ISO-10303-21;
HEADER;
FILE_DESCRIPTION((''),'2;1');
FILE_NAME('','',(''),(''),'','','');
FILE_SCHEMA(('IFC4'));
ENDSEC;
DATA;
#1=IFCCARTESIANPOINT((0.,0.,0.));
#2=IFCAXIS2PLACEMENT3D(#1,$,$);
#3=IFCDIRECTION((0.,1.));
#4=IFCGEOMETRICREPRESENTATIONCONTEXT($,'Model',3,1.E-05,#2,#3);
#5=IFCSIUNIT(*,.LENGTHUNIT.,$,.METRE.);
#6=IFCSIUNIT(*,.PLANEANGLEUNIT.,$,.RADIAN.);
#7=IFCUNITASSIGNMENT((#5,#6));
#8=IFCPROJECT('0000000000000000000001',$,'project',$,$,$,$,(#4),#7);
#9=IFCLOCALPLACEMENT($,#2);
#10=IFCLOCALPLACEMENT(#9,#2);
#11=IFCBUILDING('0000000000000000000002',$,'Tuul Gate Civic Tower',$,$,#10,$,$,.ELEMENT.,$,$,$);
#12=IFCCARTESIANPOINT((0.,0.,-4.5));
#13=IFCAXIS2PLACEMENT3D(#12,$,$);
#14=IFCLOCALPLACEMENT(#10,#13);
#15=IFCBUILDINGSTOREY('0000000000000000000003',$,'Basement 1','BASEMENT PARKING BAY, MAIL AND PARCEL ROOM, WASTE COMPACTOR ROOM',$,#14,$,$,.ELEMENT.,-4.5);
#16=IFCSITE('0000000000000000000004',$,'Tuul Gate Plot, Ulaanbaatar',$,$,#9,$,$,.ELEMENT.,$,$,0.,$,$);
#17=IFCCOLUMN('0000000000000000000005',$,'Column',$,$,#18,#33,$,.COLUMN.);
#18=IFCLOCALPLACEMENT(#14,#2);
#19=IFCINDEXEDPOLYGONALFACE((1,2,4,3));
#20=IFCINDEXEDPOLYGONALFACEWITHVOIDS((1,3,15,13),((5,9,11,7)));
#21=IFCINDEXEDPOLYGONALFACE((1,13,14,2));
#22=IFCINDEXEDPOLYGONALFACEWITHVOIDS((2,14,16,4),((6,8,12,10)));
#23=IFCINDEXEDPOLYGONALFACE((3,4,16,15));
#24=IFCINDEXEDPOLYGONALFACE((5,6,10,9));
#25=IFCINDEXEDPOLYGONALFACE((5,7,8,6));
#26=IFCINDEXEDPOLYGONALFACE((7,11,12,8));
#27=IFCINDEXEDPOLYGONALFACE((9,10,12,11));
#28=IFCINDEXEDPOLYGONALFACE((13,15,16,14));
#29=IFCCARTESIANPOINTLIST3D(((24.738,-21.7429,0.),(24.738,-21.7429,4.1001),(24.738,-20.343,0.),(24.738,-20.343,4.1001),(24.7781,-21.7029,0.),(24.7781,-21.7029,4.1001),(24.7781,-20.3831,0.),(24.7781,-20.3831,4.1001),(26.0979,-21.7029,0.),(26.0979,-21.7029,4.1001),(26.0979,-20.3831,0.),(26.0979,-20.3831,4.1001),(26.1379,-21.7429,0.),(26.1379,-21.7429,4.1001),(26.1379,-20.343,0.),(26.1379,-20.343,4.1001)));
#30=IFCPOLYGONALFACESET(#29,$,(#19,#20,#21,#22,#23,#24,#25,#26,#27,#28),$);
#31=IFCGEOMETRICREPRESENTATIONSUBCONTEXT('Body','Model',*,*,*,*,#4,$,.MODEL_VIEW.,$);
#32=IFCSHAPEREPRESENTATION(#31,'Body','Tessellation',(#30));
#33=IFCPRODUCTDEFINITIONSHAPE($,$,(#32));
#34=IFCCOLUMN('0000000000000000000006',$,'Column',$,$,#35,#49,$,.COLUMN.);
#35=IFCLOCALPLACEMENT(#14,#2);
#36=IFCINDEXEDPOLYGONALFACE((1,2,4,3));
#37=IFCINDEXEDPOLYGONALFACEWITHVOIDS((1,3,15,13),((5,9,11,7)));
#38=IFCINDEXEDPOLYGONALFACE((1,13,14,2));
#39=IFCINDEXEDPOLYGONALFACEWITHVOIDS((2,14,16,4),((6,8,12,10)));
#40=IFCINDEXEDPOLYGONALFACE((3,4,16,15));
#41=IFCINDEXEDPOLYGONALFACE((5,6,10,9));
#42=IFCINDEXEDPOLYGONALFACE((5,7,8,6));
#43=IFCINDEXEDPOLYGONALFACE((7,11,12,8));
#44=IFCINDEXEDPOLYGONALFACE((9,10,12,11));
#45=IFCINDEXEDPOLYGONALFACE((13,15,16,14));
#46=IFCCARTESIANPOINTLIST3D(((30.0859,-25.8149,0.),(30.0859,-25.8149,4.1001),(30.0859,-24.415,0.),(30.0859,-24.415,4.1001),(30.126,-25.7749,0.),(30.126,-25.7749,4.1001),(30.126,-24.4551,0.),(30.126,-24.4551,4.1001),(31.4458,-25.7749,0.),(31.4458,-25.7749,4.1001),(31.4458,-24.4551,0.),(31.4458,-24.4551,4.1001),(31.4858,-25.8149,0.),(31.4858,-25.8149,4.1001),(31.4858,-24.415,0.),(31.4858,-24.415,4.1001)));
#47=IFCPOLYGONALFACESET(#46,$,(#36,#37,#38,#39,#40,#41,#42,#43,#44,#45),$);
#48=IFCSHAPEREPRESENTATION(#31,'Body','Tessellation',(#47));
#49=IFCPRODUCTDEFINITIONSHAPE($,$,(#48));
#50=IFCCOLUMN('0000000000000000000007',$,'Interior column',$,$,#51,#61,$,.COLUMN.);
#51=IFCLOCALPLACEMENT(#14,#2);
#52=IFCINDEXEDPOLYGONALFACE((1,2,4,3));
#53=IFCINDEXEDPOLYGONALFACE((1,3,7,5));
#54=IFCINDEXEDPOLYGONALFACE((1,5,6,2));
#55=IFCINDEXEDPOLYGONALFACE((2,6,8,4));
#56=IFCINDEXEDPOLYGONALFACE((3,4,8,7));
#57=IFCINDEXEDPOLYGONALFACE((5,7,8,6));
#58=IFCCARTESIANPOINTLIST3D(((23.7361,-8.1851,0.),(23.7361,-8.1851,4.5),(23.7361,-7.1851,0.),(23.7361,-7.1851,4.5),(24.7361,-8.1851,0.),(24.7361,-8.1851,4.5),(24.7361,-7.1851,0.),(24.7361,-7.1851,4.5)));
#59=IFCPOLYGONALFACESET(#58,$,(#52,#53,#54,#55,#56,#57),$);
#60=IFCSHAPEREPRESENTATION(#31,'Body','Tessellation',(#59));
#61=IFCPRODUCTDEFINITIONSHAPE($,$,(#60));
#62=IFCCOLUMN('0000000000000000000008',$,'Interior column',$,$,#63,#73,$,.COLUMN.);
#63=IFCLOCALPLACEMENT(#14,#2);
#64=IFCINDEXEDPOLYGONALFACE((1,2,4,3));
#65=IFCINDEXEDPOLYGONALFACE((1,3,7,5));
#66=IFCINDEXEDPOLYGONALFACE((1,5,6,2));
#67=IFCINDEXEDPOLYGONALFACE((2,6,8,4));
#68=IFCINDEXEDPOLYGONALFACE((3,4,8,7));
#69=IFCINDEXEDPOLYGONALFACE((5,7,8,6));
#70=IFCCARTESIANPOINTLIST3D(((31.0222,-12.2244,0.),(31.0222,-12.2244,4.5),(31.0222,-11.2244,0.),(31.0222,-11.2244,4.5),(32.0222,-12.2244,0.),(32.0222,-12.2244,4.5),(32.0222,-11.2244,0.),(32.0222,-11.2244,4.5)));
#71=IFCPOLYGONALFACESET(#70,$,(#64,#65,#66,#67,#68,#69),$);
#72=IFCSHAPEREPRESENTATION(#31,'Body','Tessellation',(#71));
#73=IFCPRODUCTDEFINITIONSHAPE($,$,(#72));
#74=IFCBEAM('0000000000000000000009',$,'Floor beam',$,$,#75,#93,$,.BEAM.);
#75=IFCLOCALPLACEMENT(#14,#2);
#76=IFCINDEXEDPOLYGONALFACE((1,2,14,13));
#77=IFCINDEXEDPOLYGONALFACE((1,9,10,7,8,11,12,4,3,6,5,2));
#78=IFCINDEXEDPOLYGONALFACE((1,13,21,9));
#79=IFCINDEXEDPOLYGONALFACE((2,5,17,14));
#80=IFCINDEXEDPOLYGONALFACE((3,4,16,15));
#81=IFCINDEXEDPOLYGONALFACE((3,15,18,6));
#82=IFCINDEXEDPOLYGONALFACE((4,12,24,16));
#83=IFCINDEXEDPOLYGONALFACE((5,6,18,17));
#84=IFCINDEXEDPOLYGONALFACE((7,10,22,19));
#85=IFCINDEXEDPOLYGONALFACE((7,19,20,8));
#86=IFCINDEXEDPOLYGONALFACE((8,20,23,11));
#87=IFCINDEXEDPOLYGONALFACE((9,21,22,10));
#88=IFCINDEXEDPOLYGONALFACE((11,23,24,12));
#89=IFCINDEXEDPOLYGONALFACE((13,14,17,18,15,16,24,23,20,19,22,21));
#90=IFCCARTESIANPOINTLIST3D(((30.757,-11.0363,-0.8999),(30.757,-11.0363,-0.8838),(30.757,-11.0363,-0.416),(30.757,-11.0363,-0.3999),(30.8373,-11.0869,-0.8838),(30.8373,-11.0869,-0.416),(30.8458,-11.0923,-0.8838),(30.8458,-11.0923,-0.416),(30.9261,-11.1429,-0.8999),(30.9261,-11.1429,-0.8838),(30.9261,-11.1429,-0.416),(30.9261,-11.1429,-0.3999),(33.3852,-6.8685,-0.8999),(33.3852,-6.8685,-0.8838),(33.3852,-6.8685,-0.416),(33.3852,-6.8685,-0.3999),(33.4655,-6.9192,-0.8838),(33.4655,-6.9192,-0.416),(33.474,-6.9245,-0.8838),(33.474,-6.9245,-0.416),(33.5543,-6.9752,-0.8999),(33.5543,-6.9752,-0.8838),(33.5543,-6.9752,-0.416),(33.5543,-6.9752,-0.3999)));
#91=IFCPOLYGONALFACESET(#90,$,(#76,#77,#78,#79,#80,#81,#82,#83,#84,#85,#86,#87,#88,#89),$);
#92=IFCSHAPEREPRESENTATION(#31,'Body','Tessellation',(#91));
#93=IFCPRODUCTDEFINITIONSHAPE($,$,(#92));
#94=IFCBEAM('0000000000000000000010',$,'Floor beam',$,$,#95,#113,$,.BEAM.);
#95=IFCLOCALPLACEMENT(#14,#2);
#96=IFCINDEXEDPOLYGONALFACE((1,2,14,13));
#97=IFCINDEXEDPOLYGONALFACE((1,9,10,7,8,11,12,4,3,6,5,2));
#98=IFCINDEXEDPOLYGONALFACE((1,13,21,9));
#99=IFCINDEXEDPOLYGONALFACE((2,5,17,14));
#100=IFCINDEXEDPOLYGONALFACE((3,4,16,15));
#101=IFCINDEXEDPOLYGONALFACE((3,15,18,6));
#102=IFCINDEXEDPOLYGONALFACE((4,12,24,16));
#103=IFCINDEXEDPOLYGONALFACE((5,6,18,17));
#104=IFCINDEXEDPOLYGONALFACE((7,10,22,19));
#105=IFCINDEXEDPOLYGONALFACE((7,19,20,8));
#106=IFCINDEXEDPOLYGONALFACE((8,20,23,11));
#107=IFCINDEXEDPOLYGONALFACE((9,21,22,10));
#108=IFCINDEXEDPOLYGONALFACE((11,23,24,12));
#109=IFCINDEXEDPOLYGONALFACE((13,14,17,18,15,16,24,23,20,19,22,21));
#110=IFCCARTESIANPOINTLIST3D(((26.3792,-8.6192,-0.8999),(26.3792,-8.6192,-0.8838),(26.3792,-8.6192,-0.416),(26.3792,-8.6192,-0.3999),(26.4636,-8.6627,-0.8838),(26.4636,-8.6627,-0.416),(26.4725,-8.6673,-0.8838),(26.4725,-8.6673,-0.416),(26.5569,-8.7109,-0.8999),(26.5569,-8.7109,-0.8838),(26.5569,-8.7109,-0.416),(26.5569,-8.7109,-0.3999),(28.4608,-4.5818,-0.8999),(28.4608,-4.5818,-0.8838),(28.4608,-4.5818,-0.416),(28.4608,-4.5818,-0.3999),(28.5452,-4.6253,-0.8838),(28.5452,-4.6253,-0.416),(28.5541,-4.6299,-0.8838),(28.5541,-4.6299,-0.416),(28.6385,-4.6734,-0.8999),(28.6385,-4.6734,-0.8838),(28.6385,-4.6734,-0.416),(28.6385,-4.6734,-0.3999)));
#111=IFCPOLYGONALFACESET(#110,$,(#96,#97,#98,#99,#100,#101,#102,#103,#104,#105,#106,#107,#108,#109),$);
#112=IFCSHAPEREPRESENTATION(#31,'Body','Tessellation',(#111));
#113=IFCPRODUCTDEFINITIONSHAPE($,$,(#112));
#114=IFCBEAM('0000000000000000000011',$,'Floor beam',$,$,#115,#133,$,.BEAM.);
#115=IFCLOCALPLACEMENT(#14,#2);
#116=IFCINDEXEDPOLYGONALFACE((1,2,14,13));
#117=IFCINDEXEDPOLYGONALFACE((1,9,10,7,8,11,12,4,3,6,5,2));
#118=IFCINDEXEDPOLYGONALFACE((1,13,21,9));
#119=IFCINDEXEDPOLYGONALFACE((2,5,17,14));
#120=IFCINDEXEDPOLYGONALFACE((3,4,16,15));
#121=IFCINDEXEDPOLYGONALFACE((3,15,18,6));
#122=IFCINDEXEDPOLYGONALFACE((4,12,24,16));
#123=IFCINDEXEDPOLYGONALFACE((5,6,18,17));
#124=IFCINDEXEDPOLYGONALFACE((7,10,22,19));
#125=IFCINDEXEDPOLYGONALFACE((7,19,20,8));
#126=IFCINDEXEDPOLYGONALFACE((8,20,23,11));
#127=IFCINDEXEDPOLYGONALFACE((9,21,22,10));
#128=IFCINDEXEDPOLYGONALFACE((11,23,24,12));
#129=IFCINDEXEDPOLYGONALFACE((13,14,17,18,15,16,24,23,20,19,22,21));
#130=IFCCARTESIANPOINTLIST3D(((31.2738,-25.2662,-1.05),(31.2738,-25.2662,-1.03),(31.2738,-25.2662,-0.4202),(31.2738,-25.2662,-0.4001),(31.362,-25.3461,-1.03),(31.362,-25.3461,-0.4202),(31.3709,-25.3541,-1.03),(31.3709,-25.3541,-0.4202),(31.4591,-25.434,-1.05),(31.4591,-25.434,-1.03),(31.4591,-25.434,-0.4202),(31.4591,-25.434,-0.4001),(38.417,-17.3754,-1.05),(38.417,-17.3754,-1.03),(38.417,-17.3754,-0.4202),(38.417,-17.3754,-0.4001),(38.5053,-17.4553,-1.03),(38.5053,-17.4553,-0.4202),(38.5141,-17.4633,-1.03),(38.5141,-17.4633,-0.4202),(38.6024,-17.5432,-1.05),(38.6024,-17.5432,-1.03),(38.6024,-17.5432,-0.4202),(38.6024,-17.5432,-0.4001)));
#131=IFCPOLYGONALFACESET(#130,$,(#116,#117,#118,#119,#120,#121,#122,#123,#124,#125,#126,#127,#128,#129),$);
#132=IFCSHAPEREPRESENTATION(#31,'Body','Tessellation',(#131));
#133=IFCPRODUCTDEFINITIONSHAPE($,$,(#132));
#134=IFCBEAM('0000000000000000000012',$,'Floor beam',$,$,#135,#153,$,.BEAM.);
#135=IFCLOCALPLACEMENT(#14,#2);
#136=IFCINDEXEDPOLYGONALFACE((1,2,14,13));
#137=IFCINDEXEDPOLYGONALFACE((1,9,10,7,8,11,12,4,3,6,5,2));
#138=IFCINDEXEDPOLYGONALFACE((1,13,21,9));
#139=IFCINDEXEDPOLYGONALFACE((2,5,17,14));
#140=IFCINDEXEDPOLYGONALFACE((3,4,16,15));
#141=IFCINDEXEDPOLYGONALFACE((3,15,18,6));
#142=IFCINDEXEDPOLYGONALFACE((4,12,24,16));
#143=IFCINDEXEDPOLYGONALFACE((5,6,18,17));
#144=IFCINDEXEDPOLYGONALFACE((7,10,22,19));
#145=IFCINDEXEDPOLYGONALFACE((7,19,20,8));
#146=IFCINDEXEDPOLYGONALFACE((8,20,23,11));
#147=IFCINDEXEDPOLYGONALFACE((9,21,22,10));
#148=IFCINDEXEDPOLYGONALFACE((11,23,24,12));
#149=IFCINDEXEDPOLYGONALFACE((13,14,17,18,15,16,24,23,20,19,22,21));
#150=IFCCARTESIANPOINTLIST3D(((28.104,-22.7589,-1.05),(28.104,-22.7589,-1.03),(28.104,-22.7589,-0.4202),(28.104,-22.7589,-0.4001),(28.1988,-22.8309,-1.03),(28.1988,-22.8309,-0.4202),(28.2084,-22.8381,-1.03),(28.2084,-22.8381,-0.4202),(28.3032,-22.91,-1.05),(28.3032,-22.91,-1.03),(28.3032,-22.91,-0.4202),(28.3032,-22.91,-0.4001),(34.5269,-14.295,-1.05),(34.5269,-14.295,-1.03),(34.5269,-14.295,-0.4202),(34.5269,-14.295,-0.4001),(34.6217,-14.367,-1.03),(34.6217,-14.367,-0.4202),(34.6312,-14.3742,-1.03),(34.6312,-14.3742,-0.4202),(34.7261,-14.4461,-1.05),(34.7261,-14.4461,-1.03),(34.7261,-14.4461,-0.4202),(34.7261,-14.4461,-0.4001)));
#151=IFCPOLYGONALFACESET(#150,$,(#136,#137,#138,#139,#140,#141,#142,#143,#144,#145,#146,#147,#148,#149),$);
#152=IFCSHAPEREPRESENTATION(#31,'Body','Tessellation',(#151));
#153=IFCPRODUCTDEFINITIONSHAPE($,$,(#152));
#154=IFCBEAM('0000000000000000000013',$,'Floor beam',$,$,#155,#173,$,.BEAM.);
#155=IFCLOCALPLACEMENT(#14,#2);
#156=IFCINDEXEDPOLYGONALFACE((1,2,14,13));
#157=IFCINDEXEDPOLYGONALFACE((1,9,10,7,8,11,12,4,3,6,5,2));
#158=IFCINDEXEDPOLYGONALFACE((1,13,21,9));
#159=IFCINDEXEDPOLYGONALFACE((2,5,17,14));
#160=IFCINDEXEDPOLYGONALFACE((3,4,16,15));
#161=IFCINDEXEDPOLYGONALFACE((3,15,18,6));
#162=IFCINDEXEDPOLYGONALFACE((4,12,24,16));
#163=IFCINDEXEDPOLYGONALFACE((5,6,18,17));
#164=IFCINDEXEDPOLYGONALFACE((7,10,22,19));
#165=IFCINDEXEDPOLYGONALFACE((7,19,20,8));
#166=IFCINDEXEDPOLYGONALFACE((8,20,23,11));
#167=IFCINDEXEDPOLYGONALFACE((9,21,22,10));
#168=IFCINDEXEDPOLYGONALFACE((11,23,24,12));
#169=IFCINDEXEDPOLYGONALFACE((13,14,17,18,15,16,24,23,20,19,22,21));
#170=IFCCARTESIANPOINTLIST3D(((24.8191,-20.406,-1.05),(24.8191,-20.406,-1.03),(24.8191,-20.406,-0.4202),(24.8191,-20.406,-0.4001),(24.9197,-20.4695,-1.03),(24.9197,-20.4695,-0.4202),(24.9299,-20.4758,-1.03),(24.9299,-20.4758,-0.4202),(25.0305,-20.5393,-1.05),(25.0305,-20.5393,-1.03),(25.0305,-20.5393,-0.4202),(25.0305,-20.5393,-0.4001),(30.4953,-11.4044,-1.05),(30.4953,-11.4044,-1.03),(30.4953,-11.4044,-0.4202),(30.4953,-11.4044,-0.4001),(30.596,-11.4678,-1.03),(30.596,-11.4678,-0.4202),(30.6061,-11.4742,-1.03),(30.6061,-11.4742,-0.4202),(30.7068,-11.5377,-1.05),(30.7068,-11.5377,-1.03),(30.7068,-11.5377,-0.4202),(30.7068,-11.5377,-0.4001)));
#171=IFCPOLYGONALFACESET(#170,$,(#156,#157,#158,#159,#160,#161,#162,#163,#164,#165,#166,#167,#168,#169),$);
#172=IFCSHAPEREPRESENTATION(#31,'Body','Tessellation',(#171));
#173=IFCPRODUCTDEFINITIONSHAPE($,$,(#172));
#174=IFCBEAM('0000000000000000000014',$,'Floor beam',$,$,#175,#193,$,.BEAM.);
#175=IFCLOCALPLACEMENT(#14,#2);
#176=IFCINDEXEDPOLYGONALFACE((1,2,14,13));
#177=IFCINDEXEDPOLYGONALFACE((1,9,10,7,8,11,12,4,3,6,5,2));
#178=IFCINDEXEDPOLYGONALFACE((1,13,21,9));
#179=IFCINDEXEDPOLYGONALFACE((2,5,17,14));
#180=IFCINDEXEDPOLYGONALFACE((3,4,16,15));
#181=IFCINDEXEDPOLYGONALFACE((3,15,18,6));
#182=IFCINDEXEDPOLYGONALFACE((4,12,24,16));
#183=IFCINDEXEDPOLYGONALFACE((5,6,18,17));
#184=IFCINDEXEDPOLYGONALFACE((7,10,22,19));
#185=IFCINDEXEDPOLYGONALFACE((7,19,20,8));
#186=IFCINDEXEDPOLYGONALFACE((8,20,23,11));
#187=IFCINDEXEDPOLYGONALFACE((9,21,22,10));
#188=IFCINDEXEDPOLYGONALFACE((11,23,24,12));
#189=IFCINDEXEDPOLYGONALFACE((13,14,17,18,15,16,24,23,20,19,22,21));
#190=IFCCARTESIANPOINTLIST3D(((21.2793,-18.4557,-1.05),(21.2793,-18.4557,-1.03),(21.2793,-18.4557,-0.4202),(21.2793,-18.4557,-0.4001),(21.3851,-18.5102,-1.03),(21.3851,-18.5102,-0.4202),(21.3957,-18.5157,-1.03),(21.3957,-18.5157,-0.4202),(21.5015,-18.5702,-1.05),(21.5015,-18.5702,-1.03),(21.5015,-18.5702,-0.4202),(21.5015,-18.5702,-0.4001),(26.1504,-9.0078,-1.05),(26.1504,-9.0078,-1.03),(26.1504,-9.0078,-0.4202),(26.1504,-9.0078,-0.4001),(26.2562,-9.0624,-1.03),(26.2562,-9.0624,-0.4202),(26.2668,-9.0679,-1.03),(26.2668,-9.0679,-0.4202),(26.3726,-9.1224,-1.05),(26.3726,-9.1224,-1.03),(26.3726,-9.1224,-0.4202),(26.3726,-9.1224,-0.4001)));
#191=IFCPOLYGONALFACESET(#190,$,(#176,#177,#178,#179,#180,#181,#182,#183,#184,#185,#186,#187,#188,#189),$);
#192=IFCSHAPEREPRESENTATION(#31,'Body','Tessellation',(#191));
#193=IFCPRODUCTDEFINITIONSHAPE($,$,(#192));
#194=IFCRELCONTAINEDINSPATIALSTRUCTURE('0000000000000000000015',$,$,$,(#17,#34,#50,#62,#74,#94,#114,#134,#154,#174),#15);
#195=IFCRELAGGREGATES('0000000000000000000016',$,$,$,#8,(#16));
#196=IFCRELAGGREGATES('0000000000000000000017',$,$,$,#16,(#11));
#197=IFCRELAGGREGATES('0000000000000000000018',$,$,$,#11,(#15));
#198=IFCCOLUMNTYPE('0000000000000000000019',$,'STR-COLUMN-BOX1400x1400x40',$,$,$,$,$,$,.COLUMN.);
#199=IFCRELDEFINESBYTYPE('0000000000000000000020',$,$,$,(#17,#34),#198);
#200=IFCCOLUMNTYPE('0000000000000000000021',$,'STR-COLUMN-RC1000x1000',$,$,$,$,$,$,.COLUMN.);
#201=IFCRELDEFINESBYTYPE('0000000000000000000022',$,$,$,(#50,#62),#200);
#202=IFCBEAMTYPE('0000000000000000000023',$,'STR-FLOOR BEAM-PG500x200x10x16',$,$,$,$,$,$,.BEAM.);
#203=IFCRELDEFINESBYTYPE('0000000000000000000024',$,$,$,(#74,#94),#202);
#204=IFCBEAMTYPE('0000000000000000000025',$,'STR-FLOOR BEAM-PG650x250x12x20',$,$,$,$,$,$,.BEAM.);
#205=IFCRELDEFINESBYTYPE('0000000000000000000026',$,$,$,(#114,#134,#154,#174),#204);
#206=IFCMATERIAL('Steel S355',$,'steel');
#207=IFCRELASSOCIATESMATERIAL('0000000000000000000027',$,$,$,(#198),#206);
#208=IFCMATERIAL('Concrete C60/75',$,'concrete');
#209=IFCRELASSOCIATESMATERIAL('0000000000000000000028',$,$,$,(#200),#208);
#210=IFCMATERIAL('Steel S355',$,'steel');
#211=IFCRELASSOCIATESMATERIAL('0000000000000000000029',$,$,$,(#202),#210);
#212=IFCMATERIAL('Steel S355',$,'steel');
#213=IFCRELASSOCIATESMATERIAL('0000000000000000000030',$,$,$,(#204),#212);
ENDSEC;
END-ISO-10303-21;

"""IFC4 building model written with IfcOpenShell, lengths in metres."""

from ifc_helpers import new_model, si_unit, direction, frame, origin, origin_2d, place, context, subcontext, project, spatial, rectangle, hollow_rectangle, i_section, extrude, material, material_profile, profile_set, type_object, element, save


model = new_model("IFC4")

# Units and contexts
model_context = context("Model", 3, precision=1e-05, world=origin(), true_north=direction((0.0, 1.0)))
body_context = subcontext(model_context, "Body", "Model", "MODEL_VIEW")
ifc_project = project(units=[si_unit("LENGTHUNIT", "METRE"), si_unit("PLANEANGLEUNIT", "RADIAN")], contexts=[model_context])

# Site, building, storey
site_placement = place(None, origin())
site = spatial("IfcSite", under=ifc_project, at=site_placement, Name="Tuul Gate Plot, Ulaanbaatar", CompositionType="ELEMENT", RefElevation=0.0)
building_placement = place(site_placement, origin())
building = spatial("IfcBuilding", under=site, at=building_placement, Name="Tuul Gate Civic Tower", CompositionType="ELEMENT")
storey_placement = place(building_placement, frame((0.0, 0.0, -4.5)))
storey = spatial("IfcBuildingStorey", under=building, at=storey_placement, Name="Basement 1", Description="BASEMENT PARKING BAY, MAIL AND PARCEL ROOM, WASTE COMPACTOR ROOM", CompositionType="ELEMENT", Elevation=-4.5)

# Columns
ifc_material_1 = material(Name="Steel S355", Category="steel")
ifc_material_profile_1 = material_profile(ifc_material_1, hollow_rectangle(XDim=1.3999, YDim=1.3999, WallThickness=0.04, at=origin_2d()), Name="BOX1400x1400x40")
ifc_profile_set_1 = profile_set([ifc_material_profile_1], Name="Steel S355")
column_type_1 = type_object("IfcColumnType", Name="STR-COLUMN-BOX1400x1400x40", PredefinedType="COLUMN", material=ifc_profile_set_1)
for number, where, z_axis, x_axis, name in (
    (1, (25.438, -21.043, 0.0), (0.0, 0.0, 1.0), (1.0, 0.0, 0.0), "Column"),
    (2, (30.7859, -25.115, 0.0), (0.0, 0.0, 1.0), (1.0, 0.0, 0.0), "Column"),
):
    element("IfcColumn", number, at=place(storey_placement, frame(where, z_axis=z_axis, x_axis=x_axis)), inside=storey, type_object=column_type_1, Name=name, PredefinedType="COLUMN", context=body_context, shape_type="SweptSolid", body=[
        extrude(hollow_rectangle(XDim=1.3999, YDim=1.3999, WallThickness=0.04, at=origin_2d()), origin(), (0.0, 0.0, 1.0), 4.1001),
    ])
ifc_material_2 = material(Name="Concrete C60/75", Category="concrete")
ifc_material_profile_2 = material_profile(ifc_material_2, rectangle(XDim=1.0, YDim=1.0, at=origin_2d()), Name="RC1000x1000")
ifc_profile_set_2 = profile_set([ifc_material_profile_2], Name="Concrete C60/75")
column_type_2 = type_object("IfcColumnType", Name="STR-COLUMN-RC1000x1000", PredefinedType="COLUMN", material=ifc_profile_set_2)
for number, where, z_axis, x_axis, name in (
    (3, (24.2361, -7.6851, 0.0), (0.0, 0.0, 1.0), (1.0, 0.0, 0.0), "Interior column"),
    (4, (31.5222, -11.7244, 0.0), (0.0, 0.0, 1.0), (1.0, 0.0, 0.0), "Interior column"),
):
    element("IfcColumn", number, at=place(storey_placement, frame(where, z_axis=z_axis, x_axis=x_axis)), inside=storey, type_object=column_type_2, Name=name, PredefinedType="COLUMN", context=body_context, shape_type="SweptSolid", body=[
        extrude(rectangle(XDim=1.0, YDim=1.0, at=origin_2d()), origin(), (0.0, 0.0, 1.0), 4.5),
    ])

# Beams
ifc_material_3 = material(Name="Steel S355", Category="steel")
ifc_material_profile_3 = material_profile(ifc_material_3, i_section(OverallWidth=0.2, OverallDepth=0.5, WebThickness=0.01, FlangeThickness=0.0161, at=origin_2d()), Name="PG500x200x10x16")
ifc_profile_set_3 = profile_set([ifc_material_profile_3], Name="Steel S355")
beam_type_1 = type_object("IfcBeamType", Name="STR-FLOOR BEAM-PG500x200x10x16", PredefinedType="BEAM", material=ifc_profile_set_3)
beam_1_placement = place(storey_placement, frame((30.8416, -11.0896, -0.6499), z_axis=(0.533402, 0.845862, 0.0), x_axis=(-0.845862, 0.533402, 0.0)))
element("IfcBeam", 5, at=beam_1_placement, inside=storey, type_object=beam_type_1, Name="Floor beam", PredefinedType="BEAM", context=body_context, shape_type="SweptSolid", body=[
    extrude(i_section(OverallWidth=0.2, OverallDepth=0.5, WebThickness=0.01, FlangeThickness=0.0161, at=origin_2d()), origin(), (0.0, 0.0, 1.0), 4.9272),
])
beam_2_placement = place(storey_placement, frame((26.468, -8.665, -0.6499), z_axis=(0.458251, 0.888823, 0.0), x_axis=(-0.888823, 0.458251, 0.0)))
element("IfcBeam", 6, at=beam_2_placement, inside=storey, type_object=beam_type_1, Name="Floor beam", PredefinedType="BEAM", context=body_context, shape_type="SweptSolid", body=[
    extrude(i_section(OverallWidth=0.2, OverallDepth=0.5, WebThickness=0.01, FlangeThickness=0.0161, at=origin_2d()), origin(), (0.0, 0.0, 1.0), 4.5425),
])
ifc_material_4 = material(Name="Steel S355", Category="steel")
ifc_material_profile_4 = material_profile(ifc_material_4, i_section(OverallWidth=0.25, OverallDepth=0.6499, WebThickness=0.012, FlangeThickness=0.02, at=origin_2d()), Name="PG650x250x12x20")
ifc_profile_set_4 = profile_set([ifc_material_profile_4], Name="Steel S355")
beam_type_2 = type_object("IfcBeamType", Name="STR-FLOOR BEAM-PG650x250x12x20", PredefinedType="BEAM", material=ifc_profile_set_4)
beam_3_placement = place(storey_placement, frame((31.3665, -25.3501, -0.7251), z_axis=(0.671118, 0.741351, 0.0), x_axis=(-0.741351, 0.671118, 0.0)))
element("IfcBeam", 7, at=beam_3_placement, inside=storey, type_object=beam_type_2, Name="Floor beam", PredefinedType="BEAM", context=body_context, shape_type="SweptSolid", body=[
    extrude(i_section(OverallWidth=0.25, OverallDepth=0.6499, WebThickness=0.012, FlangeThickness=0.02, at=origin_2d()), origin(), (0.0, 0.0, 1.0), 10.6438),
])
beam_4_placement = place(storey_placement, frame((28.2036, -22.8345, -0.7251), z_axis=(0.604505, 0.796601, 0.0), x_axis=(-0.796601, 0.604505, 0.0)))
element("IfcBeam", 8, at=beam_4_placement, inside=storey, type_object=beam_type_2, Name="Floor beam", PredefinedType="BEAM", context=body_context, shape_type="SweptSolid", body=[
    extrude(i_section(OverallWidth=0.25, OverallDepth=0.6499, WebThickness=0.012, FlangeThickness=0.02, at=origin_2d()), origin(), (0.0, 0.0, 1.0), 10.625),
])
beam_5_placement = place(storey_placement, frame((24.9248, -20.4727, -0.7251), z_axis=(0.533387, 0.845871, 0.0), x_axis=(-0.845871, 0.533387, 0.0)))
element("IfcBeam", 9, at=beam_5_placement, inside=storey, type_object=beam_type_2, Name="Floor beam", PredefinedType="BEAM", context=body_context, shape_type="SweptSolid", body=[
    extrude(i_section(OverallWidth=0.25, OverallDepth=0.6499, WebThickness=0.012, FlangeThickness=0.02, at=origin_2d()), origin(), (0.0, 0.0, 1.0), 10.6418),
])
beam_6_placement = place(storey_placement, frame((21.3904, -18.5129, -0.7251), z_axis=(0.458259, 0.888819, 0.0), x_axis=(-0.888819, 0.458259, 0.0)))
element("IfcBeam", 10, at=beam_6_placement, inside=storey, type_object=beam_type_2, Name="Floor beam", PredefinedType="BEAM", context=body_context, shape_type="SweptSolid", body=[
    extrude(i_section(OverallWidth=0.25, OverallDepth=0.6499, WebThickness=0.012, FlangeThickness=0.02, at=origin_2d()), origin(), (0.0, 0.0, 1.0), 10.6296),
])

save(model, "model.ifc")
